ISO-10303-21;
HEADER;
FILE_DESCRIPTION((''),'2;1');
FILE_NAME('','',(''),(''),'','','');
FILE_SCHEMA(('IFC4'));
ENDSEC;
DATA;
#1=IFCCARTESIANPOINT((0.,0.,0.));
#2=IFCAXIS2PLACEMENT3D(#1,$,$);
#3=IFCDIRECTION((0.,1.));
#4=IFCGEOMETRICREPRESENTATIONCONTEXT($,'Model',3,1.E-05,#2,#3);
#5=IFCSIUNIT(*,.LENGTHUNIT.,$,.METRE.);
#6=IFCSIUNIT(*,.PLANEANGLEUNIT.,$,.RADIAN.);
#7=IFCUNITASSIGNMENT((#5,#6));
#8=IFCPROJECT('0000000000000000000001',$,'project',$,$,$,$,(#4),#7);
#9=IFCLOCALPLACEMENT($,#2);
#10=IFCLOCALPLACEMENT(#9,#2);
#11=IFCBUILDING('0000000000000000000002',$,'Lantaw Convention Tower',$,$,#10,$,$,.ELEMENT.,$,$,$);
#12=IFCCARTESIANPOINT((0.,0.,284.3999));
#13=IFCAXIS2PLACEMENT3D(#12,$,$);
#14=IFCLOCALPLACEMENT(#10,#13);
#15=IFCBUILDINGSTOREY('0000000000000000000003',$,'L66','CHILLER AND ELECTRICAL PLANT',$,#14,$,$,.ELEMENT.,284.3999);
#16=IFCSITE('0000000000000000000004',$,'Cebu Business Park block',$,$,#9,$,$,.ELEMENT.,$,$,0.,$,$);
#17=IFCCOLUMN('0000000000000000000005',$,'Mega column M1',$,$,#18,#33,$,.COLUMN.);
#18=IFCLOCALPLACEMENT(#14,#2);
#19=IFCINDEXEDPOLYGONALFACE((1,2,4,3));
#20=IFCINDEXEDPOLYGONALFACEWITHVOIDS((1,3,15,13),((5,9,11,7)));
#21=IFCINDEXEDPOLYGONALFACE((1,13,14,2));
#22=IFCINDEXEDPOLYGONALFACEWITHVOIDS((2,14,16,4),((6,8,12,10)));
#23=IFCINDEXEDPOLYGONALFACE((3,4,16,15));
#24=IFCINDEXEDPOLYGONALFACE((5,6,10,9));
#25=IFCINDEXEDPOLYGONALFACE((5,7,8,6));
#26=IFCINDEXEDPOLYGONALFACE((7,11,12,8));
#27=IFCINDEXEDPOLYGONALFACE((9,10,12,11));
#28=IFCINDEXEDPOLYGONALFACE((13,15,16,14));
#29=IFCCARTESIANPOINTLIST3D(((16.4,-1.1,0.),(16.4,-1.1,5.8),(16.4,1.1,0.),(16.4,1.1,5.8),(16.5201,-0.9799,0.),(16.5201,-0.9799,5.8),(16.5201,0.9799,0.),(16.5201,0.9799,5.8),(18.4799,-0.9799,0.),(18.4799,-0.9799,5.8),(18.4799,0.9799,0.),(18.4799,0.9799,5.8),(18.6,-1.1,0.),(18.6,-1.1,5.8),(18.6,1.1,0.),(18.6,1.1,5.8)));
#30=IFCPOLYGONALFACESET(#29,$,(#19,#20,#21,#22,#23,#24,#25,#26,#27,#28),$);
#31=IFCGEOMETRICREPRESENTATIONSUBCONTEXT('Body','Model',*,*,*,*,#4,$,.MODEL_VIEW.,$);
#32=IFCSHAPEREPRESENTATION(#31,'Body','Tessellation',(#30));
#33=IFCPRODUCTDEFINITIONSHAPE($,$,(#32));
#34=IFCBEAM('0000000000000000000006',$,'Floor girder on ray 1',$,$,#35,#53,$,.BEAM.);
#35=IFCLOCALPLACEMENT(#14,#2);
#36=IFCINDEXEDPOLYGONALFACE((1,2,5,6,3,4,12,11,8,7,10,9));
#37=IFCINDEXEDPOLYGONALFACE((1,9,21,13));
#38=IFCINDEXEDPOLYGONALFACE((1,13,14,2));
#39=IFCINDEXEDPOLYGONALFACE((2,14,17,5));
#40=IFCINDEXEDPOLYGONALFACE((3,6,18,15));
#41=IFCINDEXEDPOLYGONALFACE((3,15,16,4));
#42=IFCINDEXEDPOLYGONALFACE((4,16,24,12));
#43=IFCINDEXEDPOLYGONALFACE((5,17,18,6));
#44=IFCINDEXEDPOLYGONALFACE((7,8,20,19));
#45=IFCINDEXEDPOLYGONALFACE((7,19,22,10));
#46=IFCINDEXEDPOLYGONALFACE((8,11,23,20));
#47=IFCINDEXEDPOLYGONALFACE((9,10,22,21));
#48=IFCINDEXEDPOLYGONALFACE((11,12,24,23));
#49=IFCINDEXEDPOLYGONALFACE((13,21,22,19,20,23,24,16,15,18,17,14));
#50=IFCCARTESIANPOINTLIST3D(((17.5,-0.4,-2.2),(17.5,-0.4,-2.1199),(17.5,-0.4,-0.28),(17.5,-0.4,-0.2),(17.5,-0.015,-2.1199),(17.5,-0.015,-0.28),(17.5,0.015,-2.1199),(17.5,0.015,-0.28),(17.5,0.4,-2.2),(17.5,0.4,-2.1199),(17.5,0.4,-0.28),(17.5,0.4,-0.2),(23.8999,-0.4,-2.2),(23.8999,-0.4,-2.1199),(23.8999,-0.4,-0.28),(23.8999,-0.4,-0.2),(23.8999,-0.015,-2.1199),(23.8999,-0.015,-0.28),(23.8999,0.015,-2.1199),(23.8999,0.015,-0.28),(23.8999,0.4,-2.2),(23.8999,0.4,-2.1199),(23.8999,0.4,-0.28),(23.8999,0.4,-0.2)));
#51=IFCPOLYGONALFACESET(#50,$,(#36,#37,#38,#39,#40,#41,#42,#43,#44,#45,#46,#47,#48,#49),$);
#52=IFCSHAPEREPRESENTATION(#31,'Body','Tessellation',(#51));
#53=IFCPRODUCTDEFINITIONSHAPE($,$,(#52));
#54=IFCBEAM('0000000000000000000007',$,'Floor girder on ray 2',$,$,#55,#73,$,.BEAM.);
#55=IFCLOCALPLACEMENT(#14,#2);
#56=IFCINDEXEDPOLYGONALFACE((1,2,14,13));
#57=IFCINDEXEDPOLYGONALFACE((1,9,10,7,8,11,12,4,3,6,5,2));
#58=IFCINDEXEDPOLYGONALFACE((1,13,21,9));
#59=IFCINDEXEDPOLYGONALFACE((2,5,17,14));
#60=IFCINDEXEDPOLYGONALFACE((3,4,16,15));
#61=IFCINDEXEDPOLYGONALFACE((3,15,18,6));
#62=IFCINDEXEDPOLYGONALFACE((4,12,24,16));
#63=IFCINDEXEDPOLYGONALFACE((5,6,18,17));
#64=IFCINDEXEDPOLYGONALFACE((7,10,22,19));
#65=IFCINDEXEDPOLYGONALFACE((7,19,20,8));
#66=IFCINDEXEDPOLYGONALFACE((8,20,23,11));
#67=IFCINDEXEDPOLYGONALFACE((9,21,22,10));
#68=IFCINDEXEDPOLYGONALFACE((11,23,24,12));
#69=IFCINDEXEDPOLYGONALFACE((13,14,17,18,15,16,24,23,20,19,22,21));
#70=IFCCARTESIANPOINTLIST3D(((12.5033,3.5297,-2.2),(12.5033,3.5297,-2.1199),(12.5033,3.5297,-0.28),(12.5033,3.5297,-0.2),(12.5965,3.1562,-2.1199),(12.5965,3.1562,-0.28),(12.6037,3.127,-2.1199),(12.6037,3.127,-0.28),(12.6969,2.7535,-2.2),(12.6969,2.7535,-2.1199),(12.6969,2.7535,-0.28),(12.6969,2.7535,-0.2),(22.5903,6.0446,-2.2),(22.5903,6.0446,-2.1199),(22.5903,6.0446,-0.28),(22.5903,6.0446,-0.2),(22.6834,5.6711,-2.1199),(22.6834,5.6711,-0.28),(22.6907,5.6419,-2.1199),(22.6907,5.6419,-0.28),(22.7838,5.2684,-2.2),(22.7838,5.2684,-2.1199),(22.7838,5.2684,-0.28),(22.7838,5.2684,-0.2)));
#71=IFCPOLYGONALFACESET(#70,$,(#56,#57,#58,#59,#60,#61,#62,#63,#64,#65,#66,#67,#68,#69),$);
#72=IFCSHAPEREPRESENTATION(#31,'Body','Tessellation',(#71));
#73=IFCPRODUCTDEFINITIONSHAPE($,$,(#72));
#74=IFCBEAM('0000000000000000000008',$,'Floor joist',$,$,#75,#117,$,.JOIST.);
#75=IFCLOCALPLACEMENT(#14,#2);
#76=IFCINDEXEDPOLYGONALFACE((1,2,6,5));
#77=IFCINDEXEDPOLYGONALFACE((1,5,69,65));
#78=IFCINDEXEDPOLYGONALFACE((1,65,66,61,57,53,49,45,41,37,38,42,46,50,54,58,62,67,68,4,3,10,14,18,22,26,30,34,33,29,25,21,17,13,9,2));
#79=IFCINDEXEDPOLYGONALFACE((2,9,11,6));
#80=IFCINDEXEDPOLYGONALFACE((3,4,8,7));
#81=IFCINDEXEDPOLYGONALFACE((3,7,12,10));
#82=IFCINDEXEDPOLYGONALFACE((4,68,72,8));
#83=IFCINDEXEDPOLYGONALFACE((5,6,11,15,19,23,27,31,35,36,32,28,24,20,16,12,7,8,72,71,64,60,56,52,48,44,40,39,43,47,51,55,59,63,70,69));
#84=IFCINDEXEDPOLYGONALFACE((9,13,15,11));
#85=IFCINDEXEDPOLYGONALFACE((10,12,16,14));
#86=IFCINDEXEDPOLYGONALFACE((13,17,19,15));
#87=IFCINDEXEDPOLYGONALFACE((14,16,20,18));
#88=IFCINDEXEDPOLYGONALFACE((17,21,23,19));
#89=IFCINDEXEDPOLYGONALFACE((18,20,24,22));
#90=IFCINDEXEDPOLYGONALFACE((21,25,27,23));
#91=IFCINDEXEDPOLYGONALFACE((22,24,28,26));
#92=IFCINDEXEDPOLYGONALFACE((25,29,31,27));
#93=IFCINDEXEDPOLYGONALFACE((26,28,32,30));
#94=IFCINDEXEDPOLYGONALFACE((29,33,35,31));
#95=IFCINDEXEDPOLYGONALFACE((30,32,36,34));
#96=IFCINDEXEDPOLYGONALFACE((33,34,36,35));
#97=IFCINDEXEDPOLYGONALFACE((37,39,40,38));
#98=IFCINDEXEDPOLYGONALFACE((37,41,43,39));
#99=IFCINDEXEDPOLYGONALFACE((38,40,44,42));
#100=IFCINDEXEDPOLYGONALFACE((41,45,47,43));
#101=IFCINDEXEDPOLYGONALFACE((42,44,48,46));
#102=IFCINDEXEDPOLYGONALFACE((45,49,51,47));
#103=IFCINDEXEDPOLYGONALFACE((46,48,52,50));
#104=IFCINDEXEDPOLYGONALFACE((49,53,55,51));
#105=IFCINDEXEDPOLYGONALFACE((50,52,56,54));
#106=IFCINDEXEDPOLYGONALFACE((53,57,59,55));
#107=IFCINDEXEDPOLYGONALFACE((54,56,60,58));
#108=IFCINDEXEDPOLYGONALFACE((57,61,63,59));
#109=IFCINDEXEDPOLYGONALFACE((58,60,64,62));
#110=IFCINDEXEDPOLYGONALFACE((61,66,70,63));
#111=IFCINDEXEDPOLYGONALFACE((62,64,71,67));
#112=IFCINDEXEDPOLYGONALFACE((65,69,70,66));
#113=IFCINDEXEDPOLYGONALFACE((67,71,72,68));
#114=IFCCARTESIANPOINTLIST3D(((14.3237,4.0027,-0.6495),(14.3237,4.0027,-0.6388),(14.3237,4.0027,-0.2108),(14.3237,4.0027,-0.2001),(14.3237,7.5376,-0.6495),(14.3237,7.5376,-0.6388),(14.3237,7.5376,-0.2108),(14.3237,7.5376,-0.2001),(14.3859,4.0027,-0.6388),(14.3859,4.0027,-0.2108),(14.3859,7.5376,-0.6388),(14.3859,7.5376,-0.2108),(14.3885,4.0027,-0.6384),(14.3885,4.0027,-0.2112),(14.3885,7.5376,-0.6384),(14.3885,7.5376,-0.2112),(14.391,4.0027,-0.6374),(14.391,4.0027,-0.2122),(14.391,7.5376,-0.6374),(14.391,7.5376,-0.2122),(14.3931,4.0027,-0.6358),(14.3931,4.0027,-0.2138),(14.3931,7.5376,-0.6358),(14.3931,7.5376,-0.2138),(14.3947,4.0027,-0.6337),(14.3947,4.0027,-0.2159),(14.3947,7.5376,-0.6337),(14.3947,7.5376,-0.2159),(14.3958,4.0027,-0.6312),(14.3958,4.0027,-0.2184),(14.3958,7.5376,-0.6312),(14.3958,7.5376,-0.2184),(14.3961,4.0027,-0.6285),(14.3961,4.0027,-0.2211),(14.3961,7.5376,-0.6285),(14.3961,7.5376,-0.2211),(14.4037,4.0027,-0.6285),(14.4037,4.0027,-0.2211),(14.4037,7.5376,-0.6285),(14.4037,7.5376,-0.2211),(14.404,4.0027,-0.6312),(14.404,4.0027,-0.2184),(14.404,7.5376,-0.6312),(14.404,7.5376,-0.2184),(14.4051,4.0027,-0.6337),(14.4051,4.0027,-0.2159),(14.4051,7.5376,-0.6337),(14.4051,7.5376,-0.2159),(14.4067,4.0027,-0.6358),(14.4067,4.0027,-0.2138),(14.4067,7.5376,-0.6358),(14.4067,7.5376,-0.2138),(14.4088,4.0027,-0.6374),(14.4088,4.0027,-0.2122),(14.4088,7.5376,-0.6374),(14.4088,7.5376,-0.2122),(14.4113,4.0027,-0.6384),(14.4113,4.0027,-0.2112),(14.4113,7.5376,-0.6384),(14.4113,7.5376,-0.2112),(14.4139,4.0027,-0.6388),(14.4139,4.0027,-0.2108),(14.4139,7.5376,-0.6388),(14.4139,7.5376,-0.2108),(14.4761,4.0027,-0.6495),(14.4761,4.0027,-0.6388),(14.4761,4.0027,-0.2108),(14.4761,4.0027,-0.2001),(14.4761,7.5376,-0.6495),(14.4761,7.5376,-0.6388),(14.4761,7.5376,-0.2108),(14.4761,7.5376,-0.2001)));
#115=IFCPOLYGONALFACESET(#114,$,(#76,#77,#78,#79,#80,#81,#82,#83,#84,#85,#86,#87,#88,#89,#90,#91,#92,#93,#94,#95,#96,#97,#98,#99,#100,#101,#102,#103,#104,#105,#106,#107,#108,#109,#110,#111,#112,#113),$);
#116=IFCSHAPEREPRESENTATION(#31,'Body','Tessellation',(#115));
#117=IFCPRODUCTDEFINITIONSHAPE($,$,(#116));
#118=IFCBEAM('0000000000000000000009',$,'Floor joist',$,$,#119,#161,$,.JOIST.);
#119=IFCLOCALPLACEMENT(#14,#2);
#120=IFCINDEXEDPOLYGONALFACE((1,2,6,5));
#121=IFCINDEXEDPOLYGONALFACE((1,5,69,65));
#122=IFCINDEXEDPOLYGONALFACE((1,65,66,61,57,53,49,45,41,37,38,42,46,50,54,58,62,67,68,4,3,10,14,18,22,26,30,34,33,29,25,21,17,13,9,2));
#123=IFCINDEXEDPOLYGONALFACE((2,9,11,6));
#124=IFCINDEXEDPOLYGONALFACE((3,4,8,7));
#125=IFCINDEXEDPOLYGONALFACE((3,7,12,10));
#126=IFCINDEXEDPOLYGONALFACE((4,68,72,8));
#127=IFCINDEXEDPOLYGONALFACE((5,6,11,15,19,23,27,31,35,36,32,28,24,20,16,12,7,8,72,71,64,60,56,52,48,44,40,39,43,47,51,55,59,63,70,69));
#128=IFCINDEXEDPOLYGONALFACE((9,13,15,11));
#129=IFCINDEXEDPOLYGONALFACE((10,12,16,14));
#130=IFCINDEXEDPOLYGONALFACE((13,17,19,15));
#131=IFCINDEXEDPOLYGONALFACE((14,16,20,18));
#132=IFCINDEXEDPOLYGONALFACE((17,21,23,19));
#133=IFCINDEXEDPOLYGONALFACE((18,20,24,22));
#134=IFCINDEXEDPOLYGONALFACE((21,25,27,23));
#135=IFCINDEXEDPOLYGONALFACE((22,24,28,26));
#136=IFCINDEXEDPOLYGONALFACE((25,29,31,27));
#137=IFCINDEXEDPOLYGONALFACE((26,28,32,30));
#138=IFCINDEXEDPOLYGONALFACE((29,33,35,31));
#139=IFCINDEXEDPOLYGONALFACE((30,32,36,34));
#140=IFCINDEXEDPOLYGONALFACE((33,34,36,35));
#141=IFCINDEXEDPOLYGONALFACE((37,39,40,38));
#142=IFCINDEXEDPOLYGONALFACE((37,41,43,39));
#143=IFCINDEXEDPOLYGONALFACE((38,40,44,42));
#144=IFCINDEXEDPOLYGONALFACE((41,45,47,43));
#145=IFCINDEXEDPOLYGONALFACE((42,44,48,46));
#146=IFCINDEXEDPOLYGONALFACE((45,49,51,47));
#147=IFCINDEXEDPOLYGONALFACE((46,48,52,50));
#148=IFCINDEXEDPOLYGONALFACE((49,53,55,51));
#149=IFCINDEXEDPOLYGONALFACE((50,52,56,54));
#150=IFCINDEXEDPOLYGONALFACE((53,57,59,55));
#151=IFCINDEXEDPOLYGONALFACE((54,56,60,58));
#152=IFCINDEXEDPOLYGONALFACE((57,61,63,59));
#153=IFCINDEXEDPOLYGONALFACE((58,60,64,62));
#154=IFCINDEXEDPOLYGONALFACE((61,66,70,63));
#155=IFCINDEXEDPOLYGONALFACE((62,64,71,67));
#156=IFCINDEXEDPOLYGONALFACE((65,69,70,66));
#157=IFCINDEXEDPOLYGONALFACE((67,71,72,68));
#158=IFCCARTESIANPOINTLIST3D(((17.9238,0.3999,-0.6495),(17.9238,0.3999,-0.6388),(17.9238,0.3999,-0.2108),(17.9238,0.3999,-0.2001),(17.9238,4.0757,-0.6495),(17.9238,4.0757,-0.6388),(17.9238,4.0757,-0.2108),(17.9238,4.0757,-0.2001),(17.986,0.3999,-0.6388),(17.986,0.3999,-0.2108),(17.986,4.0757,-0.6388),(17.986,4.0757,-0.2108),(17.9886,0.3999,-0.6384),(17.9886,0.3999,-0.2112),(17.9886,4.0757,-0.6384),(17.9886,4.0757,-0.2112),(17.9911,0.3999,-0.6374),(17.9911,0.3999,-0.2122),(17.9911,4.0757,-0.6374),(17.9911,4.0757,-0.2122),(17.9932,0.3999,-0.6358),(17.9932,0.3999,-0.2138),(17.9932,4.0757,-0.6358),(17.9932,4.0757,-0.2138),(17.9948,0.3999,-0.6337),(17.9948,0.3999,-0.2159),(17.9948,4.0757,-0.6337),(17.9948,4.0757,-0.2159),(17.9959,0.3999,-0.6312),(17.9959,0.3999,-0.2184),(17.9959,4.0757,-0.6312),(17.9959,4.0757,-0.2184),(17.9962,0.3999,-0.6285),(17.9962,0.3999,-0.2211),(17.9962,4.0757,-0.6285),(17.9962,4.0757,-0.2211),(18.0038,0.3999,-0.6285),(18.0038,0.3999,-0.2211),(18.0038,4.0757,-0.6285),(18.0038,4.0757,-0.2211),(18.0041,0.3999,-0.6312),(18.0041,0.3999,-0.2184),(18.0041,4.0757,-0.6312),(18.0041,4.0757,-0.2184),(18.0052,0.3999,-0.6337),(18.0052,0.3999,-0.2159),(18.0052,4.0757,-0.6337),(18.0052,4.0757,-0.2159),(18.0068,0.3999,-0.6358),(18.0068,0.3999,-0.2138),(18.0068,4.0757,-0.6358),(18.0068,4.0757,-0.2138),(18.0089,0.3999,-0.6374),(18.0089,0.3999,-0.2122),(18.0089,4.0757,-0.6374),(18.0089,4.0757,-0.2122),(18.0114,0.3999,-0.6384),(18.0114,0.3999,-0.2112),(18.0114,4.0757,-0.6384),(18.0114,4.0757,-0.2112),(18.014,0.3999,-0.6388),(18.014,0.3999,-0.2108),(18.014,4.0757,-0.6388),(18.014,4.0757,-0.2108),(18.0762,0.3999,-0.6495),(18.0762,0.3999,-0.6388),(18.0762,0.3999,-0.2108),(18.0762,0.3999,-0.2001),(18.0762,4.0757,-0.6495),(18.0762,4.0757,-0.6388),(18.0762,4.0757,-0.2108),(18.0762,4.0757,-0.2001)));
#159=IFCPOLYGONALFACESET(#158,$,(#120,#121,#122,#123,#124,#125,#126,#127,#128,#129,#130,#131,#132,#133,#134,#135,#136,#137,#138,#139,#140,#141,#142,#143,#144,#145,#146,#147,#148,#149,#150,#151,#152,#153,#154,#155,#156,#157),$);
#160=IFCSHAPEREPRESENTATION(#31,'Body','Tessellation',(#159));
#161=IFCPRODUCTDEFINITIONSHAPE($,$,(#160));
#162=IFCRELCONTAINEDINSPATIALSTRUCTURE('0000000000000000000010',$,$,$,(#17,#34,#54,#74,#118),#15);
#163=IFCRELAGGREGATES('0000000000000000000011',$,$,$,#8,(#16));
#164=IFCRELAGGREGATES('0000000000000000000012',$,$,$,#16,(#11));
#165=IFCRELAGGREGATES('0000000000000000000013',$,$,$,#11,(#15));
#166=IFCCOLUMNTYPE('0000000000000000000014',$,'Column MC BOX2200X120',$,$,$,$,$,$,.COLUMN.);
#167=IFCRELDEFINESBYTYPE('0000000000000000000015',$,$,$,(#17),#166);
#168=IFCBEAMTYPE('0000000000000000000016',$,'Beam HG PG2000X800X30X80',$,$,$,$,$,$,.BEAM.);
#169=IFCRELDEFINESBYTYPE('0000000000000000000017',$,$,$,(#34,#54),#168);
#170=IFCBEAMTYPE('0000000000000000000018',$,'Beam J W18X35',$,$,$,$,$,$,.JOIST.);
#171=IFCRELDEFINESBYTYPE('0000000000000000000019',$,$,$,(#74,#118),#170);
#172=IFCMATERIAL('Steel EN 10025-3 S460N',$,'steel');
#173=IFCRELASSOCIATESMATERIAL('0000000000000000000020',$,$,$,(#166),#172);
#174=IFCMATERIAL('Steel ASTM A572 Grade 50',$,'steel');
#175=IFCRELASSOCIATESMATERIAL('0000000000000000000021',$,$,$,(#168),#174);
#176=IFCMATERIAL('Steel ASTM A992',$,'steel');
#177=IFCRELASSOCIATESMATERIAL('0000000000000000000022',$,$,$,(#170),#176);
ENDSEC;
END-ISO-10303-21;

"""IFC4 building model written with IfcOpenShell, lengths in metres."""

from ifc_helpers import new_model, si_unit, direction, frame, origin, origin_2d, place, context, subcontext, project, spatial, rectangle, hollow_rectangle, i_section, extrude, material, material_profile, profile_set, type_object, element, save


model = new_model("IFC4")

# Units and contexts
model_context = context("Model", 3, precision=1e-05, world=origin(), true_north=direction((0.0, 1.0)))
body_context = subcontext(model_context, "Body", "Model", "MODEL_VIEW")
ifc_project = project(units=[si_unit("LENGTHUNIT", "METRE"), si_unit("PLANEANGLEUNIT", "RADIAN")], contexts=[model_context])

# Site, building, storey
site_placement = place(None, origin())
site = spatial("IfcSite", under=ifc_project, at=site_placement, Name="Cebu Business Park block", CompositionType="ELEMENT", RefElevation=0.0)
building_placement = place(site_placement, origin())
building = spatial("IfcBuilding", under=site, at=building_placement, Name="Lantaw Convention Tower", CompositionType="ELEMENT")
storey_placement = place(building_placement, frame((0.0, 0.0, 284.3999)))
storey = spatial("IfcBuildingStorey", under=building, at=storey_placement, Name="L66", Description="CHILLER AND ELECTRICAL PLANT", CompositionType="ELEMENT", Elevation=284.3999)

# Column
ifc_material_1 = material(Name="Steel EN 10025-3 S460N", Category="steel")
ifc_material_profile_1 = material_profile(ifc_material_1, hollow_rectangle(XDim=2.2, YDim=2.2, WallThickness=0.1201, at=origin_2d()), Name="BOX2200X120")
ifc_material_2 = material(Name="Concrete C60/75", Category="concrete")
ifc_material_profile_2 = material_profile(ifc_material_2, rectangle(XDim=1.96, YDim=1.96, at=origin_2d()), Name="Concrete fill of BOX2200X120")
ifc_profile_set_1 = profile_set([ifc_material_profile_1, ifc_material_profile_2], Name="Steel EN 10025-3 S460N")
column_type = type_object("IfcColumnType", Name="Column MC BOX2200X120", PredefinedType="COLUMN", material=ifc_profile_set_1)
column_placement = place(storey_placement, frame((17.5, 0.0, 0.0), z_axis=(0.0, 0.0, 1.0), x_axis=(1.0, 0.0, 0.0)))
element("IfcColumn", 1, at=column_placement, inside=storey, type_object=column_type, Name="Mega column M1", PredefinedType="COLUMN", context=body_context, shape_type="SweptSolid", body=[
    extrude(hollow_rectangle(XDim=2.2, YDim=2.2, WallThickness=0.1201, at=origin_2d()), origin(), (0.0, 0.0, 1.0), 5.8),
])

# Beams
ifc_material_3 = material(Name="Steel ASTM A572 Grade 50", Category="steel")
ifc_material_profile_3 = material_profile(ifc_material_3, i_section(OverallWidth=0.8, OverallDepth=2.0, WebThickness=0.03, FlangeThickness=0.0801, at=origin_2d()), Name="PG2000X800X30X80")
ifc_profile_set_2 = profile_set([ifc_material_profile_3], Name="Steel ASTM A572 Grade 50")
beam_type_1 = type_object("IfcBeamType", Name="Beam HG PG2000X800X30X80", PredefinedType="BEAM", material=ifc_profile_set_2)
beam_1_placement = place(storey_placement, frame((17.5, 0.0, -1.2), z_axis=(1.0, 0.0, 0.0), x_axis=(0.0, 1.0, 0.0)))
element("IfcBeam", 2, at=beam_1_placement, inside=storey, type_object=beam_type_1, Name="Floor girder on ray 1", PredefinedType="BEAM", context=body_context, shape_type="SweptSolid", body=[
    extrude(i_section(OverallWidth=0.8, OverallDepth=2.0, WebThickness=0.03, FlangeThickness=0.0801, at=origin_2d()), origin(), (0.0, 0.0, 1.0), 6.3999),
])
beam_2_placement = place(storey_placement, frame((12.6001, 3.1416, -1.2), z_axis=(0.970297, 0.241917, 0.0), x_axis=(-0.241917, 0.970297, 0.0)))
element("IfcBeam", 3, at=beam_2_placement, inside=storey, type_object=beam_type_1, Name="Floor girder on ray 2", PredefinedType="BEAM", context=body_context, shape_type="SweptSolid", body=[
    extrude(i_section(OverallWidth=0.8, OverallDepth=2.0, WebThickness=0.03, FlangeThickness=0.0801, at=origin_2d()), origin(), (0.0, 0.0, 1.0), 10.3958),
])
ifc_material_4 = material(Name="Steel ASTM A992", Category="steel")
ifc_material_profile_4 = material_profile(ifc_material_4, i_section(OverallWidth=0.1523, OverallDepth=0.4495, WebThickness=0.0076, FlangeThickness=0.0107, FilletRadius=0.0103, at=origin_2d()), Name="W18X35")
ifc_profile_set_3 = profile_set([ifc_material_profile_4], Name="Steel ASTM A992")
beam_type_2 = type_object("IfcBeamType", Name="Beam J W18X35", PredefinedType="JOIST", material=ifc_profile_set_3)
beam_3_placement = place(storey_placement, frame((14.3999, 4.0027, -0.4248), z_axis=(0.0, 1.0, 0.0), x_axis=(-1.0, 0.0, 0.0)))
element("IfcBeam", 4, at=beam_3_placement, inside=storey, type_object=beam_type_2, Name="Floor joist", PredefinedType="JOIST", context=body_context, shape_type="SweptSolid", body=[
    extrude(i_section(OverallWidth=0.1523, OverallDepth=0.4495, WebThickness=0.0076, FlangeThickness=0.0107, FilletRadius=0.0103, at=origin_2d()), origin(), (0.0, 0.0, 1.0), 3.5349),
])
beam_4_placement = place(storey_placement, frame((18.0, 0.3999, -0.4248), z_axis=(0.0, 1.0, 0.0), x_axis=(-1.0, 0.0, 0.0)))
element("IfcBeam", 5, at=beam_4_placement, inside=storey, type_object=beam_type_2, Name="Floor joist", PredefinedType="JOIST", context=body_context, shape_type="SweptSolid", body=[
    extrude(i_section(OverallWidth=0.1523, OverallDepth=0.4495, WebThickness=0.0076, FlangeThickness=0.0107, FilletRadius=0.0103, at=origin_2d()), origin(), (0.0, 0.0, 1.0), 3.6758),
])

save(model, "model.ifc")
